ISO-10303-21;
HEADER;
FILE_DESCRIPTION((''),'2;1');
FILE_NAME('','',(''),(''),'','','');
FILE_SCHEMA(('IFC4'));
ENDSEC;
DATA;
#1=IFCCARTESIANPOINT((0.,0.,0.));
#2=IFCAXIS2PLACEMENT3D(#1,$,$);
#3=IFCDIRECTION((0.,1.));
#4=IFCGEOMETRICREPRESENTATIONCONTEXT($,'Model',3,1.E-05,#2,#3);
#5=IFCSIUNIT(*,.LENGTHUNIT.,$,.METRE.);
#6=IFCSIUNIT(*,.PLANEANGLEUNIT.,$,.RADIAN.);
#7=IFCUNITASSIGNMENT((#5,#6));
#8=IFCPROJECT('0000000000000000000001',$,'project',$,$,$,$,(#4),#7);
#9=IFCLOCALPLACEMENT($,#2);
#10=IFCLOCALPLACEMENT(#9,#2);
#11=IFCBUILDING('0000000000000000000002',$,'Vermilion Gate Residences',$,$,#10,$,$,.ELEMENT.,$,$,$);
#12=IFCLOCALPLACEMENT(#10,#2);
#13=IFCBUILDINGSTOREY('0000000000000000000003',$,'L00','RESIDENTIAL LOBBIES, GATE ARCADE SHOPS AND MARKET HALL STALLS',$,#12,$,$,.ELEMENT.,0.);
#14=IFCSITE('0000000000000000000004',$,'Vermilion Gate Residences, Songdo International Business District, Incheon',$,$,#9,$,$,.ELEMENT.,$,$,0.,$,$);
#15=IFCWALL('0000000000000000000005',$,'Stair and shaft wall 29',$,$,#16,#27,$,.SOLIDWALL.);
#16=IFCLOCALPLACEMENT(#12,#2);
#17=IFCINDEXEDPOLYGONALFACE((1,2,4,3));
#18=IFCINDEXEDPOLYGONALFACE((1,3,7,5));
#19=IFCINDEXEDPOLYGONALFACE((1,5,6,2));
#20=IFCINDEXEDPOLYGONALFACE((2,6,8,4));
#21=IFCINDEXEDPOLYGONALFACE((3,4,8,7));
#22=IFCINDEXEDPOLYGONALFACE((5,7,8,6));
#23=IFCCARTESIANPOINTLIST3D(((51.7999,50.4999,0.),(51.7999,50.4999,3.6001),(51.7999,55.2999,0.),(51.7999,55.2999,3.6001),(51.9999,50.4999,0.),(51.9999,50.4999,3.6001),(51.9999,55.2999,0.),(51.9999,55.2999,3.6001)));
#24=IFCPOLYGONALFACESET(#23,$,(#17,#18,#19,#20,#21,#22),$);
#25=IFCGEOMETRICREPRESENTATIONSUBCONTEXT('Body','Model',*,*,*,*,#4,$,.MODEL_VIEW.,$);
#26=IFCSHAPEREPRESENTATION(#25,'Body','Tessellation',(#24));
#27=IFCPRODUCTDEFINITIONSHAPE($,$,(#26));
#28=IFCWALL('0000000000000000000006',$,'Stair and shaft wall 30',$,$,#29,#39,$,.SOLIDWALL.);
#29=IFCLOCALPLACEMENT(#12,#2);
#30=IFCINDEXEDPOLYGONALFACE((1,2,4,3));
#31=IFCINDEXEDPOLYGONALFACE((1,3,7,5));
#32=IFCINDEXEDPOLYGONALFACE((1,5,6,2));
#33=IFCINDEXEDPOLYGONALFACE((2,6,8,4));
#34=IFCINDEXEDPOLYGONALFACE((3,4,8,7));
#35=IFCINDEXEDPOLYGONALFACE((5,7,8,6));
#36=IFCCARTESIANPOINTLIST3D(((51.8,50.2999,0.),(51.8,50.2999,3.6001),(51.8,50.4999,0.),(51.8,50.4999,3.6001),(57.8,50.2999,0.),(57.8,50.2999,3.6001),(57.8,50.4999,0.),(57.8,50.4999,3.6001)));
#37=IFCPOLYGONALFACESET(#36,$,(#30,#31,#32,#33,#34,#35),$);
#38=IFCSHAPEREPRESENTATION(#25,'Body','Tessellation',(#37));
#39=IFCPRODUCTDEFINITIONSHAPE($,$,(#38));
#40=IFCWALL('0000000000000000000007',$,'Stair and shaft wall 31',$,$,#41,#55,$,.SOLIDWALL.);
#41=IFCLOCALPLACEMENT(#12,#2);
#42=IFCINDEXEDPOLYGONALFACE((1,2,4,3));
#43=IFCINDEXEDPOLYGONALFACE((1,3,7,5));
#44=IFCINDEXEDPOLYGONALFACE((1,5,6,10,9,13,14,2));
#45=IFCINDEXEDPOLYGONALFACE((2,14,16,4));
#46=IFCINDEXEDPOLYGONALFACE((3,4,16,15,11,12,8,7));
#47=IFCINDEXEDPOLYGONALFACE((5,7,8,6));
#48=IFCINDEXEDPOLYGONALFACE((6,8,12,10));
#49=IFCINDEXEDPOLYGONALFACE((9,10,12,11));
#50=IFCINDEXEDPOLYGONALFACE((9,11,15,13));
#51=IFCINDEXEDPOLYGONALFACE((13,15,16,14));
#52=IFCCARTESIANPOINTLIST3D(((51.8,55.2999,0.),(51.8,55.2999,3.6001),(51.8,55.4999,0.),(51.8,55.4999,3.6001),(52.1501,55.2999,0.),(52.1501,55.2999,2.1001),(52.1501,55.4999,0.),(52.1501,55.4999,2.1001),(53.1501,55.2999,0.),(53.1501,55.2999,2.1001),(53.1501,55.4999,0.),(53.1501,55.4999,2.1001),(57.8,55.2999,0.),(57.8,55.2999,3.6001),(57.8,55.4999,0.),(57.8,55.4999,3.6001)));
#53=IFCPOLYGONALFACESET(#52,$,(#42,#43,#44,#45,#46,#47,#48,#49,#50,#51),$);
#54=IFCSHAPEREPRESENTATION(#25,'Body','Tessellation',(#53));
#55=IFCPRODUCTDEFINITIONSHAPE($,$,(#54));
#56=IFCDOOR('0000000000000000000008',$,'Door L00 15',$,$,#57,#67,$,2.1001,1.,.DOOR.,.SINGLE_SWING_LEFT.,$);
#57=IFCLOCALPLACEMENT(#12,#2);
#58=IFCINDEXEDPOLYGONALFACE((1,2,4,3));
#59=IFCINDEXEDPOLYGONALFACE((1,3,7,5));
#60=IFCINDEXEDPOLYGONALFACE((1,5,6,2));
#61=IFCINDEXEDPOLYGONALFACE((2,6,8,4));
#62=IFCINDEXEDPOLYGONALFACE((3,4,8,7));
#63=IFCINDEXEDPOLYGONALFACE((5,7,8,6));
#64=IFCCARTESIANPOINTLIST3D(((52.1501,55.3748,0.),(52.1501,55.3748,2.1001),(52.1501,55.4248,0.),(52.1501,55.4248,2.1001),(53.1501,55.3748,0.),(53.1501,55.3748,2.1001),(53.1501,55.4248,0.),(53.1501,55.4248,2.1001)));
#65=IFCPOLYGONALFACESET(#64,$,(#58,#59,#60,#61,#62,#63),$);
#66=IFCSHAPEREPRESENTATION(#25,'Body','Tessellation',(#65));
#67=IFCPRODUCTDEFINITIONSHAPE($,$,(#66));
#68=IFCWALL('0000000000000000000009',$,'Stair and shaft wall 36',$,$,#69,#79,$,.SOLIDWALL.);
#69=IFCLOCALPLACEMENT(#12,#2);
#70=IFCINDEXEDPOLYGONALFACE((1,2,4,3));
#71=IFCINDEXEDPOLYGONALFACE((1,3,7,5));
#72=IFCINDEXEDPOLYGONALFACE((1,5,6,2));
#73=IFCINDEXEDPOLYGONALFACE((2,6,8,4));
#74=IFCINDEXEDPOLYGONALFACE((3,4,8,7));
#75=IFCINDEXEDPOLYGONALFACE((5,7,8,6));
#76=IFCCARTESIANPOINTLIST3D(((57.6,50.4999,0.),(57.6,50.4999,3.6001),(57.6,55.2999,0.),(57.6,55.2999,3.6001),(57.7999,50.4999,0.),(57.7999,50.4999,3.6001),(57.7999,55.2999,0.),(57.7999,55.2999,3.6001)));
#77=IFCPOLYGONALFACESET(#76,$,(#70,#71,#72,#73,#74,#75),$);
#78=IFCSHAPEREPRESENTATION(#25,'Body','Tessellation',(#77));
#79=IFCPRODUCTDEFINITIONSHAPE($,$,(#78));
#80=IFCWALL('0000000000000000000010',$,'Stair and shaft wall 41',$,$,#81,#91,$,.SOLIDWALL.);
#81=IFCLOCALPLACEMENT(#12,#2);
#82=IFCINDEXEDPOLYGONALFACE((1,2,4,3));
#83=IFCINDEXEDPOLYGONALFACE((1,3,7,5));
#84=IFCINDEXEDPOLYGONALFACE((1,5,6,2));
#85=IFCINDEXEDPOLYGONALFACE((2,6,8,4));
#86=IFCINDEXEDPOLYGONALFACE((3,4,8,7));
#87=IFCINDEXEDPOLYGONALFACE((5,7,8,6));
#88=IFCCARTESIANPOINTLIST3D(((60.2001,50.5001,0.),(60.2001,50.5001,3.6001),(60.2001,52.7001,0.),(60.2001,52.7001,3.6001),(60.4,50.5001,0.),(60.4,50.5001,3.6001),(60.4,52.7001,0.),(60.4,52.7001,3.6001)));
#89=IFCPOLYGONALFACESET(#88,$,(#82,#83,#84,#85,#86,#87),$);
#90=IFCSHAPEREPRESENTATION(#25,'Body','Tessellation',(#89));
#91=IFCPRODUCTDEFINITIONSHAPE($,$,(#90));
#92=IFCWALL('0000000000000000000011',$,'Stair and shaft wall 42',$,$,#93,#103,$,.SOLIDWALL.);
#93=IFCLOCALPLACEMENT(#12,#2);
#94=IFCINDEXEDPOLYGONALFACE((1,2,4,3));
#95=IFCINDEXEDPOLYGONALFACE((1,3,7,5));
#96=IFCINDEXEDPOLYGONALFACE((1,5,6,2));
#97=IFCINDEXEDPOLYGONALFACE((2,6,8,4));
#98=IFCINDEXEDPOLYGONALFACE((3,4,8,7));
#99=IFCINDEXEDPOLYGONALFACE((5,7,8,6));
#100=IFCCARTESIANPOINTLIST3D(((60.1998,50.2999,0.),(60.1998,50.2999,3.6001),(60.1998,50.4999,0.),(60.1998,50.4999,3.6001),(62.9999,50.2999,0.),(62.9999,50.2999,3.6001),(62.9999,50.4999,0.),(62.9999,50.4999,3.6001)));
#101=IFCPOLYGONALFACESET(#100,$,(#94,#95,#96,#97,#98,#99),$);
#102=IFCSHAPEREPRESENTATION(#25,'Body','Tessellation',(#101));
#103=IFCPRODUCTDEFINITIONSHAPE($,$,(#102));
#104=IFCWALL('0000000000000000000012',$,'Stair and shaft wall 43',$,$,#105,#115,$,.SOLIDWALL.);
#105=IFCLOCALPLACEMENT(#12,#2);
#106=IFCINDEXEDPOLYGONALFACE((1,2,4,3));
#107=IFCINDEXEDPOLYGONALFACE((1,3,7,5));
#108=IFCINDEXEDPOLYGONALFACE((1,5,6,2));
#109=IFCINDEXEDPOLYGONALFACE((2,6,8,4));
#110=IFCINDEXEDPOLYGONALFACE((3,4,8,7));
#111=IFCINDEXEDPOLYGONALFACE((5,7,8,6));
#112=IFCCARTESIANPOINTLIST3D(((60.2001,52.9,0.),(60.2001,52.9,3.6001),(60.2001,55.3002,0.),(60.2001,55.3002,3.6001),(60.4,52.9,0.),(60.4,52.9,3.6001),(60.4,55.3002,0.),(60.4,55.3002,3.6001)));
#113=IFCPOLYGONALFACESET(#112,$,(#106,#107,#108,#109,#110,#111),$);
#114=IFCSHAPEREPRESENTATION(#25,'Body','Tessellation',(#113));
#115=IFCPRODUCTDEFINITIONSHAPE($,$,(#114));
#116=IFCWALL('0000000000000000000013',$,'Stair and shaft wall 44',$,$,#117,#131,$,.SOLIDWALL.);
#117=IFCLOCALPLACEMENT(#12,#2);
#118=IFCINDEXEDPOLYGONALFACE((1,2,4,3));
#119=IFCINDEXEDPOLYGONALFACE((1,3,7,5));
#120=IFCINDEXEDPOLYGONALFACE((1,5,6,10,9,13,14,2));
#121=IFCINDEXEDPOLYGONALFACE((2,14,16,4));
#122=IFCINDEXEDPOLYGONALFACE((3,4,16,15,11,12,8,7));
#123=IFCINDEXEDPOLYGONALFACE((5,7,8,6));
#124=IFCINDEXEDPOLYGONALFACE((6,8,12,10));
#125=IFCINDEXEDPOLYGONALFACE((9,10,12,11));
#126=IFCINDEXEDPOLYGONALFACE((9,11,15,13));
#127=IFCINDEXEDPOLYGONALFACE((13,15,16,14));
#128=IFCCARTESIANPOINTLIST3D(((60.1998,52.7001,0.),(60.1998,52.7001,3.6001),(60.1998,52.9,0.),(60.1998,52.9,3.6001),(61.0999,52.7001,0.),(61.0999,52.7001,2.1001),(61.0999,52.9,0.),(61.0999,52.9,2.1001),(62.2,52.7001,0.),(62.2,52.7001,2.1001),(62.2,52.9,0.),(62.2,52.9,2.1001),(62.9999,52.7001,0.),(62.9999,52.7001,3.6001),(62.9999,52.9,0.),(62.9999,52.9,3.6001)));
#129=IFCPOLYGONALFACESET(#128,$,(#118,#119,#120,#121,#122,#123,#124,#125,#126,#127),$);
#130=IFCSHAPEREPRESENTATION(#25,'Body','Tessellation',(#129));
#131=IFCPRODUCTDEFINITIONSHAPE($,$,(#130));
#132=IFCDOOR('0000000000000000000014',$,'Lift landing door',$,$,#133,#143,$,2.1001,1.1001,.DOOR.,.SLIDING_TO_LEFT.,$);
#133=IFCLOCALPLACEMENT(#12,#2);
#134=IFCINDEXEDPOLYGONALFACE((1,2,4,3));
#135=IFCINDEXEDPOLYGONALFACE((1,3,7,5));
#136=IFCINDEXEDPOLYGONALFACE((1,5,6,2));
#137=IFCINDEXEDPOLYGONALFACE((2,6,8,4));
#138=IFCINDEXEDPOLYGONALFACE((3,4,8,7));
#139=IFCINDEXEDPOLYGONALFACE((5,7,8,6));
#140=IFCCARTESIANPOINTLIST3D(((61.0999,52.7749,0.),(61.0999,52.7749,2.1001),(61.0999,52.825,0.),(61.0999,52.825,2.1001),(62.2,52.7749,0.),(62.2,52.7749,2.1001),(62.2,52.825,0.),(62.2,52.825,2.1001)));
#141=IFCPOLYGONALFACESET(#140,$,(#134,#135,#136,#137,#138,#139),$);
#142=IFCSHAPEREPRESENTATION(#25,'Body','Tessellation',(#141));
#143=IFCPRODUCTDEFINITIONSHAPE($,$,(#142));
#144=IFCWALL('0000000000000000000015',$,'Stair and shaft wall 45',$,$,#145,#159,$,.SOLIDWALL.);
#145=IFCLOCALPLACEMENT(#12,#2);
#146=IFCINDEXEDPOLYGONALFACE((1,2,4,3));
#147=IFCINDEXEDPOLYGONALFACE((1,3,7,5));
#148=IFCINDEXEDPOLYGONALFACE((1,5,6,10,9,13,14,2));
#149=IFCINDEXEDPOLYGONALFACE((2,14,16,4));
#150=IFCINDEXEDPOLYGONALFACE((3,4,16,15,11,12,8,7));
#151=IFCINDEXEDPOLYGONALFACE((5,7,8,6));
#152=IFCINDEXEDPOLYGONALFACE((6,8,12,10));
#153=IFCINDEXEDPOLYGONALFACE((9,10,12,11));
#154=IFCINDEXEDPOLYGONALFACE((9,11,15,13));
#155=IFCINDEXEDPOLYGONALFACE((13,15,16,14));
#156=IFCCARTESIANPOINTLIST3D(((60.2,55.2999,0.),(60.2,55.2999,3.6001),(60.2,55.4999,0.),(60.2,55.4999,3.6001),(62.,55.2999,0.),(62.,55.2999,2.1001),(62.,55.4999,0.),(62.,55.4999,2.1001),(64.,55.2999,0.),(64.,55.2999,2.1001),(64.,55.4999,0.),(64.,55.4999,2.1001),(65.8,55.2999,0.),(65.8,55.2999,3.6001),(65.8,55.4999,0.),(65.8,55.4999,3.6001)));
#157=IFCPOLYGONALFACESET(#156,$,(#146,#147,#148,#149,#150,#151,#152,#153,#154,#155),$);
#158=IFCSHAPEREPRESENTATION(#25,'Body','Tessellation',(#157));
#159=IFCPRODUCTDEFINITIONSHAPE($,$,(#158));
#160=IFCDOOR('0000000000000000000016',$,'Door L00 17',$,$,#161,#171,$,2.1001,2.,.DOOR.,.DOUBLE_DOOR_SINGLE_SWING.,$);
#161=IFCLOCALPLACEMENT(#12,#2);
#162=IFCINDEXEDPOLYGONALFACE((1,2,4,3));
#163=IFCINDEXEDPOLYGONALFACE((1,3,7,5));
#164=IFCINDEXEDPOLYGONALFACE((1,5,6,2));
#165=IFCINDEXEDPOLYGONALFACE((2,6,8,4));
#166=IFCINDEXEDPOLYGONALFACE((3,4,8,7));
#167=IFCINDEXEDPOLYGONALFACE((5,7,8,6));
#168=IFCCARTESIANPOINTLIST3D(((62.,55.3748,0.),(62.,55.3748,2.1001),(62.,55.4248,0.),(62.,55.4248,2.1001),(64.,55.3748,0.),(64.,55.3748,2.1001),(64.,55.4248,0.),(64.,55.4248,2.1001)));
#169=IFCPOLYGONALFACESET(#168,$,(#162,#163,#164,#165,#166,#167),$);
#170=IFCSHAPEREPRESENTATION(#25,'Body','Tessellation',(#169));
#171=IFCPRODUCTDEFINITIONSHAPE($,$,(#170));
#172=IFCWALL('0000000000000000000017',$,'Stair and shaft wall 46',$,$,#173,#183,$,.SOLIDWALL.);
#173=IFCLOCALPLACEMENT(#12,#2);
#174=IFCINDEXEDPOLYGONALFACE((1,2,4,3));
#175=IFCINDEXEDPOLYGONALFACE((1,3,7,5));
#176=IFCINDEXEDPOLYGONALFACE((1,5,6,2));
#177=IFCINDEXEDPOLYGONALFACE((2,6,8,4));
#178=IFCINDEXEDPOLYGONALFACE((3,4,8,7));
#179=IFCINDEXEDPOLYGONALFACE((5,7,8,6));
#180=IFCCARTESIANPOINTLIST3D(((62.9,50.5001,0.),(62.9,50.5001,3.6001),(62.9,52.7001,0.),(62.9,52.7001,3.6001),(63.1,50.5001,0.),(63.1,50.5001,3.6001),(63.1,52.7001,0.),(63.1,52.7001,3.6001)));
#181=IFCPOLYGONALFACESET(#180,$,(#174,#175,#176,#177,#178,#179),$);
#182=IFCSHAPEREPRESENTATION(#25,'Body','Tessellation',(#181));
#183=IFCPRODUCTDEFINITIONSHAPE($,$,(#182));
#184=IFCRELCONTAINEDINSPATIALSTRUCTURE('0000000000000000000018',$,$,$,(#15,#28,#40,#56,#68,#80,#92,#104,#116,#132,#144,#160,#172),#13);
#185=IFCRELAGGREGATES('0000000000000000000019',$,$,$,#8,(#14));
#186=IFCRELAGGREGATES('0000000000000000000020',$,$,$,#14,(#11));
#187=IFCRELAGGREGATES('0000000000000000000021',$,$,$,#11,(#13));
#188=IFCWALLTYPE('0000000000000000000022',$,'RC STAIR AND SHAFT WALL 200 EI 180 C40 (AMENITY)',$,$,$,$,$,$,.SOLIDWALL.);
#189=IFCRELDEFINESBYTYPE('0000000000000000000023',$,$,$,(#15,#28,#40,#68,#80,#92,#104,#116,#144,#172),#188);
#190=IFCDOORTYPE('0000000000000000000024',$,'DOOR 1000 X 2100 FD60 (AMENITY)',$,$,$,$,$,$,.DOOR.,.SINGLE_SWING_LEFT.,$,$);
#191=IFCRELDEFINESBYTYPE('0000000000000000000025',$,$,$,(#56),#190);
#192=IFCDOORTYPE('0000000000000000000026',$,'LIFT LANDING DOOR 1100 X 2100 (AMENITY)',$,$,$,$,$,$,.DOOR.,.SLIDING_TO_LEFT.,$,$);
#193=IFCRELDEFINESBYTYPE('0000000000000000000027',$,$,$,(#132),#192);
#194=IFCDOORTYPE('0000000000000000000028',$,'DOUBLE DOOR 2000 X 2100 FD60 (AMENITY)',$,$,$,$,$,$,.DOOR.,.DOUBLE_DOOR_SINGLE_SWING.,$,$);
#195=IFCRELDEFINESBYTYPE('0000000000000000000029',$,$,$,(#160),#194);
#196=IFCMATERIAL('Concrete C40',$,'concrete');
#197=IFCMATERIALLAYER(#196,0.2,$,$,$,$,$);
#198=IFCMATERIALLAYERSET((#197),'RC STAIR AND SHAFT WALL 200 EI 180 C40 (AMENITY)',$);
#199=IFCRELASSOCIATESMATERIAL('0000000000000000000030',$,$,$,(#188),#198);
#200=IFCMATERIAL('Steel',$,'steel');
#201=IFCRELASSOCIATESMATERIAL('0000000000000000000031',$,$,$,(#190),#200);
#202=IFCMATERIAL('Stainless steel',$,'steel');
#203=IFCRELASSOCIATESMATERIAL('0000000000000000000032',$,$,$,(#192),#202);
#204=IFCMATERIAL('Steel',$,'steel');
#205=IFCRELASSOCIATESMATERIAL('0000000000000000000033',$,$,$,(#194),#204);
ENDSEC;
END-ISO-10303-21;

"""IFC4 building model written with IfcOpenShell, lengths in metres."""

from ifc_helpers import new_model, si_unit, direction, frame, frame_2d, origin, place, context, subcontext, project, spatial, rectangle, extrude, material, layer, layer_set, type_object, element, fill, save


model = new_model("IFC4")

# Units and contexts
model_context = context("Model", 3, precision=1e-05, world=origin(), true_north=direction((0.0, 1.0)))
body_context = subcontext(model_context, "Body", "Model", "MODEL_VIEW")
ifc_project = project(units=[si_unit("LENGTHUNIT", "METRE"), si_unit("PLANEANGLEUNIT", "RADIAN")], contexts=[model_context])

# Site, building, storey
site_placement = place(None, origin())
site = spatial("IfcSite", under=ifc_project, at=site_placement, Name="Vermilion Gate Residences, Songdo International Business District, Incheon", CompositionType="ELEMENT", RefElevation=0.0)
building_placement = place(site_placement, origin())
building = spatial("IfcBuilding", under=site, at=building_placement, Name="Vermilion Gate Residences", CompositionType="ELEMENT")
storey_placement = place(building_placement, origin())
storey = spatial("IfcBuildingStorey", under=building, at=storey_placement, Name="L00", Description="RESIDENTIAL LOBBIES, GATE ARCADE SHOPS AND MARKET HALL STALLS", CompositionType="ELEMENT", Elevation=0.0)

# Walls
ifc_material_1 = material(Name="Concrete C40", Category="concrete")
ifc_layer = layer(ifc_material_1, 0.2)
ifc_layer_set = layer_set([ifc_layer], Name="RC STAIR AND SHAFT WALL 200 EI 180 C40 (AMENITY)")
wall_type = type_object("IfcWallType", Name="RC STAIR AND SHAFT WALL 200 EI 180 C40 (AMENITY)", PredefinedType="SOLIDWALL", material=ifc_layer_set)
wall_1_placement = place(storey_placement, frame((51.8999, 50.5, 0.0), z_axis=(0.0, 0.0, 1.0), x_axis=(0.0, 1.0, 0.0)))
element("IfcWall", 1, at=wall_1_placement, inside=storey, type_object=wall_type, Name="Stair and shaft wall 29", PredefinedType="SOLIDWALL", context=body_context, shape_type="SweptSolid", body=[
    extrude(rectangle(XDim=4.8, YDim=0.2, at=frame_2d((2.3999, 0.0))), origin(), (0.0, 0.0, 1.0), 3.6001),
])
wall_2_placement = place(storey_placement, frame((51.8, 50.3999, 0.0), z_axis=(0.0, 0.0, 1.0), x_axis=(1.0, 0.0, 0.0)))
element("IfcWall", 2, at=wall_2_placement, inside=storey, type_object=wall_type, Name="Stair and shaft wall 30", PredefinedType="SOLIDWALL", context=body_context, shape_type="SweptSolid", body=[
    extrude(rectangle(XDim=6.0, YDim=0.2, at=frame_2d((3.0, 0.0))), origin(), (0.0, 0.0, 1.0), 3.6001),
])

# Wall, opening, door
wall_3_placement = place(storey_placement, frame((51.8, 55.3999, 0.0), z_axis=(0.0, 0.0, 1.0), x_axis=(1.0, 0.0, 0.0)))
wall_3 = element("IfcWall", 3, at=wall_3_placement, inside=storey, type_object=wall_type, Name="Stair and shaft wall 31", PredefinedType="SOLIDWALL", context=body_context, shape_type="SweptSolid", body=[
    extrude(rectangle(XDim=6.0, YDim=0.2, at=frame_2d((3.0, 0.0))), origin(), (0.0, 0.0, 1.0), 3.6001),
])
opening_1_placement = place(wall_3_placement, frame((0.3501, 0.0, 0.0)))
opening_1 = element("IfcOpeningElement", 4, at=opening_1_placement, cuts=wall_3, PredefinedType="OPENING", context=body_context, shape_type="SweptSolid", body=[
    extrude(rectangle(XDim=1.0, YDim=2.1001, at=frame_2d((0.5, 1.05))), frame((0.0, 0.1099, 0.0), z_axis=(0.0, -1.0, 0.0), x_axis=(1.0, 0.0, 0.0)), (0.0, 0.0, 1.0), 0.22),
])
ifc_material_2 = material(Name="Steel", Category="steel")
door_type_1 = type_object("IfcDoorType", Name="DOOR 1000 X 2100 FD60 (AMENITY)", OperationType="SINGLE_SWING_LEFT", PredefinedType="DOOR", material=ifc_material_2)
door_1_placement = place(opening_1_placement, origin())
door_1 = element("IfcDoor", 5, at=door_1_placement, inside=storey, type_object=door_type_1, Name="Door L00 15", OperationType="SINGLE_SWING_LEFT", OverallHeight=2.1001, OverallWidth=1.0, PredefinedType="DOOR", context=body_context, shape_type="SweptSolid", body=[
    extrude(rectangle(XDim=1.0, YDim=2.1001, at=frame_2d((0.5, 1.05))), frame((0.0, 0.0249, 0.0), z_axis=(0.0, -1.0, 0.0), x_axis=(1.0, 0.0, 0.0)), (0.0, 0.0, 1.0), 0.05),
])
fill(opening_1, door_1)

# Walls
wall_4_placement = place(storey_placement, frame((57.7, 50.5, 0.0), z_axis=(0.0, 0.0, 1.0), x_axis=(0.0, 1.0, 0.0)))
element("IfcWall", 6, at=wall_4_placement, inside=storey, type_object=wall_type, Name="Stair and shaft wall 36", PredefinedType="SOLIDWALL", context=body_context, shape_type="SweptSolid", body=[
    extrude(rectangle(XDim=4.8, YDim=0.2, at=frame_2d((2.3999, 0.0))), origin(), (0.0, 0.0, 1.0), 3.6001),
])
wall_5_placement = place(storey_placement, frame((60.3, 50.5, 0.0), z_axis=(0.0, 0.0, 1.0), x_axis=(0.0, 1.0, 0.0)))
element("IfcWall", 7, at=wall_5_placement, inside=storey, type_object=wall_type, Name="Stair and shaft wall 41", PredefinedType="SOLIDWALL", context=body_context, shape_type="SweptSolid", body=[
    extrude(rectangle(XDim=2.2, YDim=0.2, at=frame_2d((1.1001, 0.0))), origin(), (0.0, 0.0, 1.0), 3.6001),
])
wall_6_placement = place(storey_placement, frame((60.2, 50.3999, 0.0), z_axis=(0.0, 0.0, 1.0), x_axis=(1.0, 0.0, 0.0)))
element("IfcWall", 8, at=wall_6_placement, inside=storey, type_object=wall_type, Name="Stair and shaft wall 42", PredefinedType="SOLIDWALL", context=body_context, shape_type="SweptSolid", body=[
    extrude(rectangle(XDim=2.8, YDim=0.2, at=frame_2d((1.3999, 0.0))), origin(), (0.0, 0.0, 1.0), 3.6001),
])
wall_7_placement = place(storey_placement, frame((60.3, 52.8999, 0.0), z_axis=(0.0, 0.0, 1.0), x_axis=(0.0, 1.0, 0.0)))
element("IfcWall", 9, at=wall_7_placement, inside=storey, type_object=wall_type, Name="Stair and shaft wall 43", PredefinedType="SOLIDWALL", context=body_context, shape_type="SweptSolid", body=[
    extrude(rectangle(XDim=2.4001, YDim=0.2, at=frame_2d((1.2002, 0.0))), origin(), (0.0, 0.0, 1.0), 3.6001),
])

# Walls, openings, doors
wall_8_placement = place(storey_placement, frame((60.2, 52.8, 0.0), z_axis=(0.0, 0.0, 1.0), x_axis=(1.0, 0.0, 0.0)))
wall_8 = element("IfcWall", 10, at=wall_8_placement, inside=storey, type_object=wall_type, Name="Stair and shaft wall 44", PredefinedType="SOLIDWALL", context=body_context, shape_type="SweptSolid", body=[
    extrude(rectangle(XDim=2.8, YDim=0.2, at=frame_2d((1.3999, 0.0))), origin(), (0.0, 0.0, 1.0), 3.6001),
])
opening_2_placement = place(wall_8_placement, frame((0.8999, 0.0, 0.0)))
opening_2 = element("IfcOpeningElement", 11, at=opening_2_placement, cuts=wall_8, PredefinedType="OPENING", context=body_context, shape_type="SweptSolid", body=[
    extrude(rectangle(XDim=1.1001, YDim=2.1001, at=frame_2d((0.55, 1.05))), frame((0.0, 0.1099, 0.0), z_axis=(0.0, -1.0, 0.0), x_axis=(1.0, 0.0, 0.0)), (0.0, 0.0, 1.0), 0.22),
])
ifc_material_3 = material(Name="Stainless steel", Category="steel")
door_type_2 = type_object("IfcDoorType", Name="LIFT LANDING DOOR 1100 X 2100 (AMENITY)", OperationType="SLIDING_TO_LEFT", PredefinedType="DOOR", material=ifc_material_3)
door_2_placement = place(opening_2_placement, origin())
door_2 = element("IfcDoor", 12, at=door_2_placement, inside=storey, type_object=door_type_2, Name="Lift landing door", OperationType="SLIDING_TO_LEFT", OverallHeight=2.1001, OverallWidth=1.1001, PredefinedType="DOOR", context=body_context, shape_type="SweptSolid", body=[
    extrude(rectangle(XDim=1.1001, YDim=2.1001, at=frame_2d((0.55, 1.05))), frame((0.0, 0.0249, 0.0), z_axis=(0.0, -1.0, 0.0), x_axis=(1.0, 0.0, 0.0)), (0.0, 0.0, 1.0), 0.05),
])
fill(opening_2, door_2)
wall_9_placement = place(storey_placement, frame((60.2, 55.3999, 0.0), z_axis=(0.0, 0.0, 1.0), x_axis=(1.0, 0.0, 0.0)))
wall_9 = element("IfcWall", 13, at=wall_9_placement, inside=storey, type_object=wall_type, Name="Stair and shaft wall 45", PredefinedType="SOLIDWALL", context=body_context, shape_type="SweptSolid", body=[
    extrude(rectangle(XDim=5.6001, YDim=0.2, at=frame_2d((2.8, 0.0))), origin(), (0.0, 0.0, 1.0), 3.6001),
])
opening_3_placement = place(wall_9_placement, frame((1.8, 0.0, 0.0)))
opening_3 = element("IfcOpeningElement", 14, at=opening_3_placement, cuts=wall_9, PredefinedType="OPENING", context=body_context, shape_type="SweptSolid", body=[
    extrude(rectangle(XDim=2.0, YDim=2.1001, at=frame_2d((1.0, 1.05))), frame((0.0, 0.1099, 0.0), z_axis=(0.0, -1.0, 0.0), x_axis=(1.0, 0.0, 0.0)), (0.0, 0.0, 1.0), 0.22),
])
ifc_material_4 = material(Name="Steel", Category="steel")
door_type_3 = type_object("IfcDoorType", Name="DOUBLE DOOR 2000 X 2100 FD60 (AMENITY)", OperationType="DOUBLE_DOOR_SINGLE_SWING", PredefinedType="DOOR", material=ifc_material_4)
door_3_placement = place(opening_3_placement, origin())
door_3 = element("IfcDoor", 15, at=door_3_placement, inside=storey, type_object=door_type_3, Name="Door L00 17", OperationType="DOUBLE_DOOR_SINGLE_SWING", OverallHeight=2.1001, OverallWidth=2.0, PredefinedType="DOOR", context=body_context, shape_type="SweptSolid", body=[
    extrude(rectangle(XDim=2.0, YDim=2.1001, at=frame_2d((1.0, 1.05))), frame((0.0, 0.0249, 0.0), z_axis=(0.0, -1.0, 0.0), x_axis=(1.0, 0.0, 0.0)), (0.0, 0.0, 1.0), 0.05),
])
fill(opening_3, door_3)

# Wall
wall_10_placement = place(storey_placement, frame((63.0, 50.5, 0.0), z_axis=(0.0, 0.0, 1.0), x_axis=(0.0, 1.0, 0.0)))
element("IfcWall", 16, at=wall_10_placement, inside=storey, type_object=wall_type, Name="Stair and shaft wall 46", PredefinedType="SOLIDWALL", context=body_context, shape_type="SweptSolid", body=[
    extrude(rectangle(XDim=2.2, YDim=0.2, at=frame_2d((1.1001, 0.0))), origin(), (0.0, 0.0, 1.0), 3.6001),
])

save(model, "model.ifc")
